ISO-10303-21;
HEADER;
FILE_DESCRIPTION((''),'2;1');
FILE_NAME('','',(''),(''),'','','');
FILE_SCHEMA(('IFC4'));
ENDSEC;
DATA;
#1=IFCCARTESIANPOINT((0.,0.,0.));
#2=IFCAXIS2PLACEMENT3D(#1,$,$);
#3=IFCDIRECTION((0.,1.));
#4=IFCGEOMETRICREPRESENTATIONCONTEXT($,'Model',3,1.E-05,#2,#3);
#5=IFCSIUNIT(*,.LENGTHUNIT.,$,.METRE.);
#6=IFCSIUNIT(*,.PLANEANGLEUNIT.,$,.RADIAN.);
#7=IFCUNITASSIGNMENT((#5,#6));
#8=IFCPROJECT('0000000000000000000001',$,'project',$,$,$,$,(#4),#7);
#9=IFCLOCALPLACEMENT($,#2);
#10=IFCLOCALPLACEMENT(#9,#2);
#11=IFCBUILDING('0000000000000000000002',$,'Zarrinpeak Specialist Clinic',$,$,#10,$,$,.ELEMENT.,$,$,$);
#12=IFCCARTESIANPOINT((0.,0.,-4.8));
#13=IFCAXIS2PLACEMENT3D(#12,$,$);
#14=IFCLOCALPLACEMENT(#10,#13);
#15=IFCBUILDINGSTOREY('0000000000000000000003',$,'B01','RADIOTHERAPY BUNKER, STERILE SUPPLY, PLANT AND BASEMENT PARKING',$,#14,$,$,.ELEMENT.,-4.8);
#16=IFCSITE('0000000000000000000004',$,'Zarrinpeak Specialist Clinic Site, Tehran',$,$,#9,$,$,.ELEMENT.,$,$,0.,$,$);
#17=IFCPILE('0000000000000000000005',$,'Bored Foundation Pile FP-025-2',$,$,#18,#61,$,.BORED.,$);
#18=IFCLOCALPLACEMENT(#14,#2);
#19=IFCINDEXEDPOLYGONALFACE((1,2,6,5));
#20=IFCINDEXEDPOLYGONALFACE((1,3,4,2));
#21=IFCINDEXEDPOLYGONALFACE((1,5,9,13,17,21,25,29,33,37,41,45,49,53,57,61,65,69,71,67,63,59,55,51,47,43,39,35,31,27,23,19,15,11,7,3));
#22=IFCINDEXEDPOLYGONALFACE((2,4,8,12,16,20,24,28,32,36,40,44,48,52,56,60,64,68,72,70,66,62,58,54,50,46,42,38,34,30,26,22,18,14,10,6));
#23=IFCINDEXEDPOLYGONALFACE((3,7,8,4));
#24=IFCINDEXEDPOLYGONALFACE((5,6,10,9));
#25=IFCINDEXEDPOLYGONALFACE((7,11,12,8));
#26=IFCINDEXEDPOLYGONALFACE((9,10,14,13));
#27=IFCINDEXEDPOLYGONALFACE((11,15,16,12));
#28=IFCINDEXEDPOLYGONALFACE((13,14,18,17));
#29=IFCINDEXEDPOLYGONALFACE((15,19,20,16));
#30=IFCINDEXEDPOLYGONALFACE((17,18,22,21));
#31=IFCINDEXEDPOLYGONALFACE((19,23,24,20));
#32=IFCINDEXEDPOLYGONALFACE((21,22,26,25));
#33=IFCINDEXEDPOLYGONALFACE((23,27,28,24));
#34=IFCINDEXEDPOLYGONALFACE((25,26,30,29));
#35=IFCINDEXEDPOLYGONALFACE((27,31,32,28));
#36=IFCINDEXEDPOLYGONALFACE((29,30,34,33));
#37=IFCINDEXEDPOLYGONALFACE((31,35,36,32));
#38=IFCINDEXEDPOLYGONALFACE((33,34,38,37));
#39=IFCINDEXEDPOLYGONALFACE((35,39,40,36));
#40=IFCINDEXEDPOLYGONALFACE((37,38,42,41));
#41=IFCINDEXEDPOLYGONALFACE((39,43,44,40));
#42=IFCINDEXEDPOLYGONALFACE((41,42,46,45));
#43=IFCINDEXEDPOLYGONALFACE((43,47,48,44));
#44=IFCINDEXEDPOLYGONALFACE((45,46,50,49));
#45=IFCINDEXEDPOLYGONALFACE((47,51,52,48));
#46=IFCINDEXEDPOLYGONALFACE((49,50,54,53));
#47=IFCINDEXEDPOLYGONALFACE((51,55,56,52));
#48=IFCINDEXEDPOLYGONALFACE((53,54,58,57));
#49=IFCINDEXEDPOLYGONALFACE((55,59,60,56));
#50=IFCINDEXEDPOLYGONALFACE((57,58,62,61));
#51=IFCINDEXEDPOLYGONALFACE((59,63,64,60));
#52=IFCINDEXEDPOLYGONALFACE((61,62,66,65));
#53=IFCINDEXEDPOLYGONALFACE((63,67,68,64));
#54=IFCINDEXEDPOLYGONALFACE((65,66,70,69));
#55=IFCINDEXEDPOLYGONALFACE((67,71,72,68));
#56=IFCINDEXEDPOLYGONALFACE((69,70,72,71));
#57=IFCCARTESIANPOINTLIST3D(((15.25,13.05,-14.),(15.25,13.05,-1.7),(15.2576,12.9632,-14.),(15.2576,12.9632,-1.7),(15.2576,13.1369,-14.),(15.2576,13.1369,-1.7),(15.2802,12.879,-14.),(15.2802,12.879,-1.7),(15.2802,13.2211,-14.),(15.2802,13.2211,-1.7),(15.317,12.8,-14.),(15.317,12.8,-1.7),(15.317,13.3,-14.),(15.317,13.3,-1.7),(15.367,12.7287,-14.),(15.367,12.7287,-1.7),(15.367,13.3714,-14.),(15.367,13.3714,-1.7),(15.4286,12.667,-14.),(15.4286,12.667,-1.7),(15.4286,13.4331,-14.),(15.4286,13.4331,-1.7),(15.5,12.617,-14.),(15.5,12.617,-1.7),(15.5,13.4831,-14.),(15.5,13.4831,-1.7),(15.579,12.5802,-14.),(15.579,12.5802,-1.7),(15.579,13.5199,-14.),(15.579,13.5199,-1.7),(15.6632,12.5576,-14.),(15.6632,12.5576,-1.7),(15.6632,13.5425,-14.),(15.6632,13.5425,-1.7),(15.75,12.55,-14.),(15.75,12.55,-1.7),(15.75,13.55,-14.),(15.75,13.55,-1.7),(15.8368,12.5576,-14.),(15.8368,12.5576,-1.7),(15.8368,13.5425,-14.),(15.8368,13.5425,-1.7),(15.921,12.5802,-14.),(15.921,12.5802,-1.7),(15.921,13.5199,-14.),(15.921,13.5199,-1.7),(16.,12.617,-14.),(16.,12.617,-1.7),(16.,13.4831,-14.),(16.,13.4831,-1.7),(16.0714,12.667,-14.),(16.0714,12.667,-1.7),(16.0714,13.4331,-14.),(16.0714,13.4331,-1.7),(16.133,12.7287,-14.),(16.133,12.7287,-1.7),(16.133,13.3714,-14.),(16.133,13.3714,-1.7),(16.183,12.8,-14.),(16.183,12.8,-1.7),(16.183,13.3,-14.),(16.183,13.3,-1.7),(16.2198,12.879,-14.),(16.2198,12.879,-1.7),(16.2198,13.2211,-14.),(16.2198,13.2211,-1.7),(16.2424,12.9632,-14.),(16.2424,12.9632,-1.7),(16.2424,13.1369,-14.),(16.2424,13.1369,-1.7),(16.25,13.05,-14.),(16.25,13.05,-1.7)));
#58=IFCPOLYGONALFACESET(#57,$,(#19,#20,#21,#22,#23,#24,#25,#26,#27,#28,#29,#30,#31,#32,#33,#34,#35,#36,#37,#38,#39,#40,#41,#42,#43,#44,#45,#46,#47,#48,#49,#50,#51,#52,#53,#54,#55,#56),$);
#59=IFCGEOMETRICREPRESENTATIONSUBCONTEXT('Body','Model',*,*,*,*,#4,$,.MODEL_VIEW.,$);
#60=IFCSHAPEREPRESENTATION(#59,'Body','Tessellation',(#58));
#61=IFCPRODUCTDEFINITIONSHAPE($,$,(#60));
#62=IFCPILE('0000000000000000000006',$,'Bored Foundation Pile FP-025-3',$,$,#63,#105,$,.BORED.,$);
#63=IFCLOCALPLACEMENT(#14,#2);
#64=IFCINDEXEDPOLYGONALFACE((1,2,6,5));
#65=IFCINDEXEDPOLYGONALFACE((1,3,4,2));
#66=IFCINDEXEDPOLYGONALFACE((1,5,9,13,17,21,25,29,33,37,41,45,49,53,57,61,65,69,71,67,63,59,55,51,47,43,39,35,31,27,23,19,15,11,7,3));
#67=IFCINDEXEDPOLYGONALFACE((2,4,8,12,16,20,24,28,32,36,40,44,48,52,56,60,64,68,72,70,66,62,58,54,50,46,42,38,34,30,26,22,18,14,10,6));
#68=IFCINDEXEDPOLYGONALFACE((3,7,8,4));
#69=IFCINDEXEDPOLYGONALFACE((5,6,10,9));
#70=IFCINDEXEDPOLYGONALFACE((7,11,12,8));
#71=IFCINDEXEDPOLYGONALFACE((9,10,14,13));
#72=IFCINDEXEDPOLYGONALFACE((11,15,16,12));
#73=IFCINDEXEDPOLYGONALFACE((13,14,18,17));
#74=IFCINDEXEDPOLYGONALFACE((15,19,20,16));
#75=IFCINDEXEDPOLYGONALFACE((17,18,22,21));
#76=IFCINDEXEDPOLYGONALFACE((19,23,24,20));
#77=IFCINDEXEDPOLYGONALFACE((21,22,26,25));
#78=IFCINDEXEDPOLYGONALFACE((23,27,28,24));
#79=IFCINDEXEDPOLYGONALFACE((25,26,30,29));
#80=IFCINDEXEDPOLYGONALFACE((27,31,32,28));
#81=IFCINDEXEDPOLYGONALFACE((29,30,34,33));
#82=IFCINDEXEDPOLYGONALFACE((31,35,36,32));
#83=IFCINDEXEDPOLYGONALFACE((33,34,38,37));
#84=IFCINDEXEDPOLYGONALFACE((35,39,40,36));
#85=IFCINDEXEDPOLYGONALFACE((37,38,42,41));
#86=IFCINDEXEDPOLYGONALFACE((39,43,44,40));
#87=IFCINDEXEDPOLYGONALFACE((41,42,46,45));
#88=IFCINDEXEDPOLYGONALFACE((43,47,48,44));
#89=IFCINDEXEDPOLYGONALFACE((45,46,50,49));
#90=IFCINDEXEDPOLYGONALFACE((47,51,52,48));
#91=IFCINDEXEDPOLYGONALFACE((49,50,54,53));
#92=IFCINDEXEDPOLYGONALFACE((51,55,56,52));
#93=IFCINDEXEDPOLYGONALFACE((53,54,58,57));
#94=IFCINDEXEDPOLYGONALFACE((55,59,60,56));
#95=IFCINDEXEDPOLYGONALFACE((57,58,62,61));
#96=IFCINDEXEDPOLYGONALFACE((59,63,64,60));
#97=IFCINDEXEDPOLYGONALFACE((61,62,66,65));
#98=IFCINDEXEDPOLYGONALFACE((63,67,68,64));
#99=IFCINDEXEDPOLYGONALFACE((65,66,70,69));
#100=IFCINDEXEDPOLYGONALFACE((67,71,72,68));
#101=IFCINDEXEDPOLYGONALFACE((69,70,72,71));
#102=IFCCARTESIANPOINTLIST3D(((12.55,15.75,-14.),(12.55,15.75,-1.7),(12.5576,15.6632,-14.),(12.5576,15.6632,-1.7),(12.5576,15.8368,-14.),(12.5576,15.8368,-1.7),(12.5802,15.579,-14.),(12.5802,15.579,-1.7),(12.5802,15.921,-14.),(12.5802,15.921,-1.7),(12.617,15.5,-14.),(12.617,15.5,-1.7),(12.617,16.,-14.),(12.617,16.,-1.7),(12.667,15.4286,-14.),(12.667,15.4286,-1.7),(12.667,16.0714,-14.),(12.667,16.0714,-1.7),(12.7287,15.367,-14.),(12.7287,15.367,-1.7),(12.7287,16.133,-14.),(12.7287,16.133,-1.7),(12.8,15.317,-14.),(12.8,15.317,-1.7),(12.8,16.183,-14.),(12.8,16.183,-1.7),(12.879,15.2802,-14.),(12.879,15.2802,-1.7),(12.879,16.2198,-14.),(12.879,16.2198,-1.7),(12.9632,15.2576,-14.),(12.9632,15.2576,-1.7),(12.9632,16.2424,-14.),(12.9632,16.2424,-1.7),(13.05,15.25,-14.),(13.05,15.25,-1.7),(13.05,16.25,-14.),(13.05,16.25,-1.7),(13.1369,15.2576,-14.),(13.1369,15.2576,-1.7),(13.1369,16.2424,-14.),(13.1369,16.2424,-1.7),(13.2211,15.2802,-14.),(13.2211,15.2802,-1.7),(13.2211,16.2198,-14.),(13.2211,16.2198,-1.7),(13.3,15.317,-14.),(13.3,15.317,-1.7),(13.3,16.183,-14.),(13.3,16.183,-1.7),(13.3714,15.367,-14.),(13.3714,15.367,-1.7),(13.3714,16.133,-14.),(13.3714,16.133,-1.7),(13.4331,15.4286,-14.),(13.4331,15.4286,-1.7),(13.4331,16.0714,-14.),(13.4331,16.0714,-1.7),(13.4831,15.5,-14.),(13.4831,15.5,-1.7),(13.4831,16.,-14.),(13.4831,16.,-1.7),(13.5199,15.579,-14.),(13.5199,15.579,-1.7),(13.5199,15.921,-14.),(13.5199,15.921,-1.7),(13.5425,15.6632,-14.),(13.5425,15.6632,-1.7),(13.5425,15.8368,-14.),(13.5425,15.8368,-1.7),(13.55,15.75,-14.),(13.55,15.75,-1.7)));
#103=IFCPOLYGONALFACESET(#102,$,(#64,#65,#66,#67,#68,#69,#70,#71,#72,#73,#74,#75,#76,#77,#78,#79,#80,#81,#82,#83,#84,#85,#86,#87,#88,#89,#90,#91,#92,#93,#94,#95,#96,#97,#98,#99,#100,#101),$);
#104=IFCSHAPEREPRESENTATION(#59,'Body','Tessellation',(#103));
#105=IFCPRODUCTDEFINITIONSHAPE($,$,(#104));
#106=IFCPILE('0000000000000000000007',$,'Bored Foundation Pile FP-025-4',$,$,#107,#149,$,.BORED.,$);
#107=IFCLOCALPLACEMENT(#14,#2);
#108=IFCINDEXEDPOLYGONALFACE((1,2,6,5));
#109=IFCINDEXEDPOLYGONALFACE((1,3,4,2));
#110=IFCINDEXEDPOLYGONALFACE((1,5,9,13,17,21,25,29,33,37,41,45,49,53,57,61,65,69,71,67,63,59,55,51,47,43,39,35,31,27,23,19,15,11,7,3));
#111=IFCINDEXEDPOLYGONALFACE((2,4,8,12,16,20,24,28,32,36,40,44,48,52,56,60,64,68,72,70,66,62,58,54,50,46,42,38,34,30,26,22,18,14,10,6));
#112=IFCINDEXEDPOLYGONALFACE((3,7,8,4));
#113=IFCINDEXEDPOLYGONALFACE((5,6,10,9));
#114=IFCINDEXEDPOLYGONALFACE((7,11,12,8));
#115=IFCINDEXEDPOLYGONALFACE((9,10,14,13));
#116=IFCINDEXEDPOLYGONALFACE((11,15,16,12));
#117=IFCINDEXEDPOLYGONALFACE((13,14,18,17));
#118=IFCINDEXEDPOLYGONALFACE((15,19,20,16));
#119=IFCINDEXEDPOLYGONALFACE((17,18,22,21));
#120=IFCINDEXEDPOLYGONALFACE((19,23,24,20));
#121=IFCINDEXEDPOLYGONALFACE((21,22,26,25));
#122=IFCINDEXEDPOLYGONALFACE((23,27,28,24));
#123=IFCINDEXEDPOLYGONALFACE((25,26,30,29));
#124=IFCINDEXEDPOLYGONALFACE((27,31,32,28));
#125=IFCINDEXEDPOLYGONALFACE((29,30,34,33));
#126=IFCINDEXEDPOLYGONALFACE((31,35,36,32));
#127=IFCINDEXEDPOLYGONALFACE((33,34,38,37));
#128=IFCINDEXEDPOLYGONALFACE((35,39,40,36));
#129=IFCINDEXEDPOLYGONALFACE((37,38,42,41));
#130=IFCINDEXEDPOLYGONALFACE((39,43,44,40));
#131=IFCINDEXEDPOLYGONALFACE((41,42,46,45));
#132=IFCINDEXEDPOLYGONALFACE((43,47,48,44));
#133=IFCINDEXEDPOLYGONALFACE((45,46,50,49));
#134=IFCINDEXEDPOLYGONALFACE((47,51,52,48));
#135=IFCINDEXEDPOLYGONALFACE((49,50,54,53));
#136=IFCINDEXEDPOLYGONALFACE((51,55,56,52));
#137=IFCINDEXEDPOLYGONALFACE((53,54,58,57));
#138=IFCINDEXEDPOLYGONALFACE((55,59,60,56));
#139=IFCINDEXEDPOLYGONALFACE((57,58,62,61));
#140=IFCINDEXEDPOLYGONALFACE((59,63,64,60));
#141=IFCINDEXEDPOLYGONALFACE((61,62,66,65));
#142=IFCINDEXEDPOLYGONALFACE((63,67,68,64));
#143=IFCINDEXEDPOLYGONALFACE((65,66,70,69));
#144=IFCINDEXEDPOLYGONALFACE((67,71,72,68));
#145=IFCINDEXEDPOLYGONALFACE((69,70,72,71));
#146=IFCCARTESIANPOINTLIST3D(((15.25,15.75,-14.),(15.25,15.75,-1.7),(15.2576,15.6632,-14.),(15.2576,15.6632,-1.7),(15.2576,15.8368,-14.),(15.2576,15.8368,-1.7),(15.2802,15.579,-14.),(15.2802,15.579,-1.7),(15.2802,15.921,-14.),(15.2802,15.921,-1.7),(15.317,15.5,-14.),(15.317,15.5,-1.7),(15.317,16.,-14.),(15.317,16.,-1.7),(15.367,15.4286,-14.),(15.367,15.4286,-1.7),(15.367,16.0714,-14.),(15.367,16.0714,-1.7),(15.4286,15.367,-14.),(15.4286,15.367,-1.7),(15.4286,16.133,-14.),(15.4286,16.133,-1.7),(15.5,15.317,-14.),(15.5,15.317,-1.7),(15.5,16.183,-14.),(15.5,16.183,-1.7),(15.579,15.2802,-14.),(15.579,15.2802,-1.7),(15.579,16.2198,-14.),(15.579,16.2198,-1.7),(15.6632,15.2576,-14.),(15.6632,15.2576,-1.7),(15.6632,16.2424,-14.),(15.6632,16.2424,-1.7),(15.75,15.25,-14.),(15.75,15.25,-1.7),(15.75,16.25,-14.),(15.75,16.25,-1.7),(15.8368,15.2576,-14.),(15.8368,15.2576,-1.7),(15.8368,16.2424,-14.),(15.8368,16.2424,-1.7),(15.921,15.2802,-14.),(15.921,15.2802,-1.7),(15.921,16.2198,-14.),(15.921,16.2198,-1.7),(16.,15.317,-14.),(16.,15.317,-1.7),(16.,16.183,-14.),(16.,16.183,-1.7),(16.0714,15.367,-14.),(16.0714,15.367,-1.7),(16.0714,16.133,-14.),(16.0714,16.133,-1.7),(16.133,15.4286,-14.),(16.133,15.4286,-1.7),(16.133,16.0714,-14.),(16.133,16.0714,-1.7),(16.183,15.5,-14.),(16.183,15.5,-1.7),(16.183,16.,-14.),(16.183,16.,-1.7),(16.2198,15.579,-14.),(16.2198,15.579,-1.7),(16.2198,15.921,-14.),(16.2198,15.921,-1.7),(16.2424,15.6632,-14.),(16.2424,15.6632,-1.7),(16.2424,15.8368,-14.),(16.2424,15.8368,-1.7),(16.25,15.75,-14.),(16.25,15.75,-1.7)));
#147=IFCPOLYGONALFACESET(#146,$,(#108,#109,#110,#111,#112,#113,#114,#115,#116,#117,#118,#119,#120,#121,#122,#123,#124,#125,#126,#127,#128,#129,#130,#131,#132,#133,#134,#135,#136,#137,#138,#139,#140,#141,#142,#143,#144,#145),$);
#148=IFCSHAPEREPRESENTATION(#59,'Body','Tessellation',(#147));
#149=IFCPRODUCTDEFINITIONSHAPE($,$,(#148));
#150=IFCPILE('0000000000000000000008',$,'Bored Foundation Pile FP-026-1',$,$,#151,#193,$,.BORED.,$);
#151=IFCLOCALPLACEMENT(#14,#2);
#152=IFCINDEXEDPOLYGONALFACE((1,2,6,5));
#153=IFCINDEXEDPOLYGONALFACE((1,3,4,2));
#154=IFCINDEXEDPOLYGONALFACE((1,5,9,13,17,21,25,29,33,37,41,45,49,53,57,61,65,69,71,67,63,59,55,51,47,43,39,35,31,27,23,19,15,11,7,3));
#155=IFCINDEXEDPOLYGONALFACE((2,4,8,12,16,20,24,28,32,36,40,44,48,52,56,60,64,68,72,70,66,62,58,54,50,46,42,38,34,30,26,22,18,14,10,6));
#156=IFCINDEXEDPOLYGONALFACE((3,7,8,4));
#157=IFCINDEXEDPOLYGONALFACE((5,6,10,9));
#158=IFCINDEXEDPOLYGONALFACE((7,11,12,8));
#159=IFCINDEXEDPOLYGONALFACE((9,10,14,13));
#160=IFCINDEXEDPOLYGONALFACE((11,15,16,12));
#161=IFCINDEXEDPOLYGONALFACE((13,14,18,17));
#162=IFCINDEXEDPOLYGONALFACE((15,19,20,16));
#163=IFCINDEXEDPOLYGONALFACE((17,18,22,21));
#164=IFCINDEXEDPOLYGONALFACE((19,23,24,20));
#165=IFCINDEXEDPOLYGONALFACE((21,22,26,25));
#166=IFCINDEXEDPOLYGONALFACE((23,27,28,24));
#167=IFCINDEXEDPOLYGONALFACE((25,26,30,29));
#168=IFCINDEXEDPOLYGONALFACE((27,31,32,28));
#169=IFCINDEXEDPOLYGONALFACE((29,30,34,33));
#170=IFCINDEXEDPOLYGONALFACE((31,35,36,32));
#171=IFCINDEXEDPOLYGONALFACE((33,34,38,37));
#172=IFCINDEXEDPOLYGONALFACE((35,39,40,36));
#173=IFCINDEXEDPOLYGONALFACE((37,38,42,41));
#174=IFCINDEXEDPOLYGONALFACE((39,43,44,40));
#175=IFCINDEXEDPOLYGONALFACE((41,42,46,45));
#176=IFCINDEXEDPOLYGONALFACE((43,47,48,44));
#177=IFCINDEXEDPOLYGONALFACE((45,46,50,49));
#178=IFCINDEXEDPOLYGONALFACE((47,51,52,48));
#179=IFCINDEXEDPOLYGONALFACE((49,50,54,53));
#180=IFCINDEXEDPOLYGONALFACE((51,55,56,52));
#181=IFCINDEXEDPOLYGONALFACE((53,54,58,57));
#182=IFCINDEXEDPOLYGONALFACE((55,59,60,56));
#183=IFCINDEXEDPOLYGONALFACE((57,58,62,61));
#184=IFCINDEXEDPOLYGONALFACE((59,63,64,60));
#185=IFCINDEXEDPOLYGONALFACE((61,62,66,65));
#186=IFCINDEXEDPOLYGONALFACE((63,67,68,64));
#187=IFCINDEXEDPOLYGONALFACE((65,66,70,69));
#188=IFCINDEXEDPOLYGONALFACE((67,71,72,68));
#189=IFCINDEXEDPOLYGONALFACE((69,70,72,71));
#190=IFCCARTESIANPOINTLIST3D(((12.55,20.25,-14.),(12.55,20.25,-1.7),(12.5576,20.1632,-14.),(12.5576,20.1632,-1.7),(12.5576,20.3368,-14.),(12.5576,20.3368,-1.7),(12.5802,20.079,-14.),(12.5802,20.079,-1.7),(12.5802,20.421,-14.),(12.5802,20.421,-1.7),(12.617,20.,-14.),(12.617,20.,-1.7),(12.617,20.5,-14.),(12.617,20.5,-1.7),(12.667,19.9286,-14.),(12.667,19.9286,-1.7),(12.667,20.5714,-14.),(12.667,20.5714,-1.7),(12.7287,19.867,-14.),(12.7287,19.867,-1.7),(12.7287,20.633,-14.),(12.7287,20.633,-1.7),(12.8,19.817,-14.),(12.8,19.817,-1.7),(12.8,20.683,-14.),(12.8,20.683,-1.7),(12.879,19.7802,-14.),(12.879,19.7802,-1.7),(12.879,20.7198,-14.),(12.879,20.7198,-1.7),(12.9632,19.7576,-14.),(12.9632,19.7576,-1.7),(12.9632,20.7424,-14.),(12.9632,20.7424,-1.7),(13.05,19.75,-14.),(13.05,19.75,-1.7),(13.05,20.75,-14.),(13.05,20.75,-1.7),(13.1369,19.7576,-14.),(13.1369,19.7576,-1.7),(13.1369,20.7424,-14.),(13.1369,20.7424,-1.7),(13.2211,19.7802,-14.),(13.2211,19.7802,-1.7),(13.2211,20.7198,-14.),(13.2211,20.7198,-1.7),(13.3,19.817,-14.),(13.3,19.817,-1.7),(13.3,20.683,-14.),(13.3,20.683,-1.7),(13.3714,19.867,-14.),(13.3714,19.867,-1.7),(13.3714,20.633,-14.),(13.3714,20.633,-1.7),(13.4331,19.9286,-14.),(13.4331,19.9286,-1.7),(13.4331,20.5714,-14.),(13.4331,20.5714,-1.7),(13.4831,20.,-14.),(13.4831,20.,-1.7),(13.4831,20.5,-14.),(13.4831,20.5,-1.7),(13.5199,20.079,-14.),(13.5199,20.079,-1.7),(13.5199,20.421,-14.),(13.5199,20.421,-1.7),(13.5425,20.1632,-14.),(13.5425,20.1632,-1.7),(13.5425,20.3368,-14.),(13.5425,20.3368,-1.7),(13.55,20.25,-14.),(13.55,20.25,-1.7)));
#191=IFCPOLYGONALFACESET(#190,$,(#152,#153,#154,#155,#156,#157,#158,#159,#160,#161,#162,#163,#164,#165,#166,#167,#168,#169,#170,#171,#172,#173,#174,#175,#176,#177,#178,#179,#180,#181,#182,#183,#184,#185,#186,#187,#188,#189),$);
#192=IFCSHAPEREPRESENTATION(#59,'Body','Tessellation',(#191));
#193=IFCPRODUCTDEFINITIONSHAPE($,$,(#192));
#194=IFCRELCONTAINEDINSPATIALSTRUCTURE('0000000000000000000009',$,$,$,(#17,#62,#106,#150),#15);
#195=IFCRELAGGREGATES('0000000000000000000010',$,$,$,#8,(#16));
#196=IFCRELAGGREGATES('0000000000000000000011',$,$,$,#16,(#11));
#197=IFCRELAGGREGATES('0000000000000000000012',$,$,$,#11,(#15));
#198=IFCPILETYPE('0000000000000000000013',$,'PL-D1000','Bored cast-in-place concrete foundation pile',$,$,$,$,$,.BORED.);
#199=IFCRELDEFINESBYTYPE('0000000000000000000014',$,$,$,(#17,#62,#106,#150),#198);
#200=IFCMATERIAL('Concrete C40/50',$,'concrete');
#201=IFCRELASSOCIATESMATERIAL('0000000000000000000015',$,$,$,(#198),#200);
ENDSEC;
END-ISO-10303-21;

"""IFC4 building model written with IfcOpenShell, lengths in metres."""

from ifc_helpers import new_model, si_unit, direction, frame, origin, origin_2d, place, context, subcontext, project, spatial, circle, extrude, material, material_profile, profile_set, type_object, element, save


model = new_model("IFC4")

# Units and contexts
model_context = context("Model", 3, precision=1e-05, world=origin(), true_north=direction((0.0, 1.0)))
body_context = subcontext(model_context, "Body", "Model", "MODEL_VIEW")
ifc_project = project(units=[si_unit("LENGTHUNIT", "METRE"), si_unit("PLANEANGLEUNIT", "RADIAN")], contexts=[model_context])

# Site, building, storey
site_placement = place(None, origin())
site = spatial("IfcSite", under=ifc_project, at=site_placement, Name="Zarrinpeak Specialist Clinic Site, Tehran", CompositionType="ELEMENT", RefElevation=0.0)
building_placement = place(site_placement, origin())
building = spatial("IfcBuilding", under=site, at=building_placement, Name="Zarrinpeak Specialist Clinic", CompositionType="ELEMENT")
storey_placement = place(building_placement, frame((0.0, 0.0, -4.8)))
storey = spatial("IfcBuildingStorey", under=building, at=storey_placement, Name="B01", Description="RADIOTHERAPY BUNKER, STERILE SUPPLY, PLANT AND BASEMENT PARKING", CompositionType="ELEMENT", Elevation=-4.8)

# Shared definitions
ifc_material_1 = material(Name="Concrete C40/50", Category="concrete")

# Piles
ifc_material_profile_1 = material_profile(ifc_material_1, circle(Radius=0.5, at=origin_2d()), Name="BORED PILE D1000")
ifc_profile_set_1 = profile_set([ifc_material_profile_1], Name="Concrete C40/50")
pile_type = type_object("IfcPileType", Name="PL-D1000", Description="Bored cast-in-place concrete foundation pile", PredefinedType="BORED", material=ifc_profile_set_1)
for number, where, z_axis, x_axis, name in (
    (1, (15.75, 13.05, -1.7), (0.0, 0.0, -1.0), (1.0, 0.0, 0.0), "Bored Foundation Pile FP-025-2"),
    (2, (13.05, 15.75, -1.7), (0.0, 0.0, -1.0), (1.0, 0.0, 0.0), "Bored Foundation Pile FP-025-3"),
    (3, (15.75, 15.75, -1.7), (0.0, 0.0, -1.0), (1.0, 0.0, 0.0), "Bored Foundation Pile FP-025-4"),
    (4, (13.05, 20.25, -1.7), (0.0, 0.0, -1.0), (1.0, 0.0, 0.0), "Bored Foundation Pile FP-026-1"),
):
    element("IfcPile", number, at=place(storey_placement, frame(where, z_axis=z_axis, x_axis=x_axis)), inside=storey, type_object=pile_type, Name=name, PredefinedType="BORED", context=body_context, shape_type="SweptSolid", body=[
        extrude(circle(Radius=0.5, at=origin_2d()), origin(), (0.0, 0.0, 1.0), 12.3),
    ])

save(model, "model.ifc")
